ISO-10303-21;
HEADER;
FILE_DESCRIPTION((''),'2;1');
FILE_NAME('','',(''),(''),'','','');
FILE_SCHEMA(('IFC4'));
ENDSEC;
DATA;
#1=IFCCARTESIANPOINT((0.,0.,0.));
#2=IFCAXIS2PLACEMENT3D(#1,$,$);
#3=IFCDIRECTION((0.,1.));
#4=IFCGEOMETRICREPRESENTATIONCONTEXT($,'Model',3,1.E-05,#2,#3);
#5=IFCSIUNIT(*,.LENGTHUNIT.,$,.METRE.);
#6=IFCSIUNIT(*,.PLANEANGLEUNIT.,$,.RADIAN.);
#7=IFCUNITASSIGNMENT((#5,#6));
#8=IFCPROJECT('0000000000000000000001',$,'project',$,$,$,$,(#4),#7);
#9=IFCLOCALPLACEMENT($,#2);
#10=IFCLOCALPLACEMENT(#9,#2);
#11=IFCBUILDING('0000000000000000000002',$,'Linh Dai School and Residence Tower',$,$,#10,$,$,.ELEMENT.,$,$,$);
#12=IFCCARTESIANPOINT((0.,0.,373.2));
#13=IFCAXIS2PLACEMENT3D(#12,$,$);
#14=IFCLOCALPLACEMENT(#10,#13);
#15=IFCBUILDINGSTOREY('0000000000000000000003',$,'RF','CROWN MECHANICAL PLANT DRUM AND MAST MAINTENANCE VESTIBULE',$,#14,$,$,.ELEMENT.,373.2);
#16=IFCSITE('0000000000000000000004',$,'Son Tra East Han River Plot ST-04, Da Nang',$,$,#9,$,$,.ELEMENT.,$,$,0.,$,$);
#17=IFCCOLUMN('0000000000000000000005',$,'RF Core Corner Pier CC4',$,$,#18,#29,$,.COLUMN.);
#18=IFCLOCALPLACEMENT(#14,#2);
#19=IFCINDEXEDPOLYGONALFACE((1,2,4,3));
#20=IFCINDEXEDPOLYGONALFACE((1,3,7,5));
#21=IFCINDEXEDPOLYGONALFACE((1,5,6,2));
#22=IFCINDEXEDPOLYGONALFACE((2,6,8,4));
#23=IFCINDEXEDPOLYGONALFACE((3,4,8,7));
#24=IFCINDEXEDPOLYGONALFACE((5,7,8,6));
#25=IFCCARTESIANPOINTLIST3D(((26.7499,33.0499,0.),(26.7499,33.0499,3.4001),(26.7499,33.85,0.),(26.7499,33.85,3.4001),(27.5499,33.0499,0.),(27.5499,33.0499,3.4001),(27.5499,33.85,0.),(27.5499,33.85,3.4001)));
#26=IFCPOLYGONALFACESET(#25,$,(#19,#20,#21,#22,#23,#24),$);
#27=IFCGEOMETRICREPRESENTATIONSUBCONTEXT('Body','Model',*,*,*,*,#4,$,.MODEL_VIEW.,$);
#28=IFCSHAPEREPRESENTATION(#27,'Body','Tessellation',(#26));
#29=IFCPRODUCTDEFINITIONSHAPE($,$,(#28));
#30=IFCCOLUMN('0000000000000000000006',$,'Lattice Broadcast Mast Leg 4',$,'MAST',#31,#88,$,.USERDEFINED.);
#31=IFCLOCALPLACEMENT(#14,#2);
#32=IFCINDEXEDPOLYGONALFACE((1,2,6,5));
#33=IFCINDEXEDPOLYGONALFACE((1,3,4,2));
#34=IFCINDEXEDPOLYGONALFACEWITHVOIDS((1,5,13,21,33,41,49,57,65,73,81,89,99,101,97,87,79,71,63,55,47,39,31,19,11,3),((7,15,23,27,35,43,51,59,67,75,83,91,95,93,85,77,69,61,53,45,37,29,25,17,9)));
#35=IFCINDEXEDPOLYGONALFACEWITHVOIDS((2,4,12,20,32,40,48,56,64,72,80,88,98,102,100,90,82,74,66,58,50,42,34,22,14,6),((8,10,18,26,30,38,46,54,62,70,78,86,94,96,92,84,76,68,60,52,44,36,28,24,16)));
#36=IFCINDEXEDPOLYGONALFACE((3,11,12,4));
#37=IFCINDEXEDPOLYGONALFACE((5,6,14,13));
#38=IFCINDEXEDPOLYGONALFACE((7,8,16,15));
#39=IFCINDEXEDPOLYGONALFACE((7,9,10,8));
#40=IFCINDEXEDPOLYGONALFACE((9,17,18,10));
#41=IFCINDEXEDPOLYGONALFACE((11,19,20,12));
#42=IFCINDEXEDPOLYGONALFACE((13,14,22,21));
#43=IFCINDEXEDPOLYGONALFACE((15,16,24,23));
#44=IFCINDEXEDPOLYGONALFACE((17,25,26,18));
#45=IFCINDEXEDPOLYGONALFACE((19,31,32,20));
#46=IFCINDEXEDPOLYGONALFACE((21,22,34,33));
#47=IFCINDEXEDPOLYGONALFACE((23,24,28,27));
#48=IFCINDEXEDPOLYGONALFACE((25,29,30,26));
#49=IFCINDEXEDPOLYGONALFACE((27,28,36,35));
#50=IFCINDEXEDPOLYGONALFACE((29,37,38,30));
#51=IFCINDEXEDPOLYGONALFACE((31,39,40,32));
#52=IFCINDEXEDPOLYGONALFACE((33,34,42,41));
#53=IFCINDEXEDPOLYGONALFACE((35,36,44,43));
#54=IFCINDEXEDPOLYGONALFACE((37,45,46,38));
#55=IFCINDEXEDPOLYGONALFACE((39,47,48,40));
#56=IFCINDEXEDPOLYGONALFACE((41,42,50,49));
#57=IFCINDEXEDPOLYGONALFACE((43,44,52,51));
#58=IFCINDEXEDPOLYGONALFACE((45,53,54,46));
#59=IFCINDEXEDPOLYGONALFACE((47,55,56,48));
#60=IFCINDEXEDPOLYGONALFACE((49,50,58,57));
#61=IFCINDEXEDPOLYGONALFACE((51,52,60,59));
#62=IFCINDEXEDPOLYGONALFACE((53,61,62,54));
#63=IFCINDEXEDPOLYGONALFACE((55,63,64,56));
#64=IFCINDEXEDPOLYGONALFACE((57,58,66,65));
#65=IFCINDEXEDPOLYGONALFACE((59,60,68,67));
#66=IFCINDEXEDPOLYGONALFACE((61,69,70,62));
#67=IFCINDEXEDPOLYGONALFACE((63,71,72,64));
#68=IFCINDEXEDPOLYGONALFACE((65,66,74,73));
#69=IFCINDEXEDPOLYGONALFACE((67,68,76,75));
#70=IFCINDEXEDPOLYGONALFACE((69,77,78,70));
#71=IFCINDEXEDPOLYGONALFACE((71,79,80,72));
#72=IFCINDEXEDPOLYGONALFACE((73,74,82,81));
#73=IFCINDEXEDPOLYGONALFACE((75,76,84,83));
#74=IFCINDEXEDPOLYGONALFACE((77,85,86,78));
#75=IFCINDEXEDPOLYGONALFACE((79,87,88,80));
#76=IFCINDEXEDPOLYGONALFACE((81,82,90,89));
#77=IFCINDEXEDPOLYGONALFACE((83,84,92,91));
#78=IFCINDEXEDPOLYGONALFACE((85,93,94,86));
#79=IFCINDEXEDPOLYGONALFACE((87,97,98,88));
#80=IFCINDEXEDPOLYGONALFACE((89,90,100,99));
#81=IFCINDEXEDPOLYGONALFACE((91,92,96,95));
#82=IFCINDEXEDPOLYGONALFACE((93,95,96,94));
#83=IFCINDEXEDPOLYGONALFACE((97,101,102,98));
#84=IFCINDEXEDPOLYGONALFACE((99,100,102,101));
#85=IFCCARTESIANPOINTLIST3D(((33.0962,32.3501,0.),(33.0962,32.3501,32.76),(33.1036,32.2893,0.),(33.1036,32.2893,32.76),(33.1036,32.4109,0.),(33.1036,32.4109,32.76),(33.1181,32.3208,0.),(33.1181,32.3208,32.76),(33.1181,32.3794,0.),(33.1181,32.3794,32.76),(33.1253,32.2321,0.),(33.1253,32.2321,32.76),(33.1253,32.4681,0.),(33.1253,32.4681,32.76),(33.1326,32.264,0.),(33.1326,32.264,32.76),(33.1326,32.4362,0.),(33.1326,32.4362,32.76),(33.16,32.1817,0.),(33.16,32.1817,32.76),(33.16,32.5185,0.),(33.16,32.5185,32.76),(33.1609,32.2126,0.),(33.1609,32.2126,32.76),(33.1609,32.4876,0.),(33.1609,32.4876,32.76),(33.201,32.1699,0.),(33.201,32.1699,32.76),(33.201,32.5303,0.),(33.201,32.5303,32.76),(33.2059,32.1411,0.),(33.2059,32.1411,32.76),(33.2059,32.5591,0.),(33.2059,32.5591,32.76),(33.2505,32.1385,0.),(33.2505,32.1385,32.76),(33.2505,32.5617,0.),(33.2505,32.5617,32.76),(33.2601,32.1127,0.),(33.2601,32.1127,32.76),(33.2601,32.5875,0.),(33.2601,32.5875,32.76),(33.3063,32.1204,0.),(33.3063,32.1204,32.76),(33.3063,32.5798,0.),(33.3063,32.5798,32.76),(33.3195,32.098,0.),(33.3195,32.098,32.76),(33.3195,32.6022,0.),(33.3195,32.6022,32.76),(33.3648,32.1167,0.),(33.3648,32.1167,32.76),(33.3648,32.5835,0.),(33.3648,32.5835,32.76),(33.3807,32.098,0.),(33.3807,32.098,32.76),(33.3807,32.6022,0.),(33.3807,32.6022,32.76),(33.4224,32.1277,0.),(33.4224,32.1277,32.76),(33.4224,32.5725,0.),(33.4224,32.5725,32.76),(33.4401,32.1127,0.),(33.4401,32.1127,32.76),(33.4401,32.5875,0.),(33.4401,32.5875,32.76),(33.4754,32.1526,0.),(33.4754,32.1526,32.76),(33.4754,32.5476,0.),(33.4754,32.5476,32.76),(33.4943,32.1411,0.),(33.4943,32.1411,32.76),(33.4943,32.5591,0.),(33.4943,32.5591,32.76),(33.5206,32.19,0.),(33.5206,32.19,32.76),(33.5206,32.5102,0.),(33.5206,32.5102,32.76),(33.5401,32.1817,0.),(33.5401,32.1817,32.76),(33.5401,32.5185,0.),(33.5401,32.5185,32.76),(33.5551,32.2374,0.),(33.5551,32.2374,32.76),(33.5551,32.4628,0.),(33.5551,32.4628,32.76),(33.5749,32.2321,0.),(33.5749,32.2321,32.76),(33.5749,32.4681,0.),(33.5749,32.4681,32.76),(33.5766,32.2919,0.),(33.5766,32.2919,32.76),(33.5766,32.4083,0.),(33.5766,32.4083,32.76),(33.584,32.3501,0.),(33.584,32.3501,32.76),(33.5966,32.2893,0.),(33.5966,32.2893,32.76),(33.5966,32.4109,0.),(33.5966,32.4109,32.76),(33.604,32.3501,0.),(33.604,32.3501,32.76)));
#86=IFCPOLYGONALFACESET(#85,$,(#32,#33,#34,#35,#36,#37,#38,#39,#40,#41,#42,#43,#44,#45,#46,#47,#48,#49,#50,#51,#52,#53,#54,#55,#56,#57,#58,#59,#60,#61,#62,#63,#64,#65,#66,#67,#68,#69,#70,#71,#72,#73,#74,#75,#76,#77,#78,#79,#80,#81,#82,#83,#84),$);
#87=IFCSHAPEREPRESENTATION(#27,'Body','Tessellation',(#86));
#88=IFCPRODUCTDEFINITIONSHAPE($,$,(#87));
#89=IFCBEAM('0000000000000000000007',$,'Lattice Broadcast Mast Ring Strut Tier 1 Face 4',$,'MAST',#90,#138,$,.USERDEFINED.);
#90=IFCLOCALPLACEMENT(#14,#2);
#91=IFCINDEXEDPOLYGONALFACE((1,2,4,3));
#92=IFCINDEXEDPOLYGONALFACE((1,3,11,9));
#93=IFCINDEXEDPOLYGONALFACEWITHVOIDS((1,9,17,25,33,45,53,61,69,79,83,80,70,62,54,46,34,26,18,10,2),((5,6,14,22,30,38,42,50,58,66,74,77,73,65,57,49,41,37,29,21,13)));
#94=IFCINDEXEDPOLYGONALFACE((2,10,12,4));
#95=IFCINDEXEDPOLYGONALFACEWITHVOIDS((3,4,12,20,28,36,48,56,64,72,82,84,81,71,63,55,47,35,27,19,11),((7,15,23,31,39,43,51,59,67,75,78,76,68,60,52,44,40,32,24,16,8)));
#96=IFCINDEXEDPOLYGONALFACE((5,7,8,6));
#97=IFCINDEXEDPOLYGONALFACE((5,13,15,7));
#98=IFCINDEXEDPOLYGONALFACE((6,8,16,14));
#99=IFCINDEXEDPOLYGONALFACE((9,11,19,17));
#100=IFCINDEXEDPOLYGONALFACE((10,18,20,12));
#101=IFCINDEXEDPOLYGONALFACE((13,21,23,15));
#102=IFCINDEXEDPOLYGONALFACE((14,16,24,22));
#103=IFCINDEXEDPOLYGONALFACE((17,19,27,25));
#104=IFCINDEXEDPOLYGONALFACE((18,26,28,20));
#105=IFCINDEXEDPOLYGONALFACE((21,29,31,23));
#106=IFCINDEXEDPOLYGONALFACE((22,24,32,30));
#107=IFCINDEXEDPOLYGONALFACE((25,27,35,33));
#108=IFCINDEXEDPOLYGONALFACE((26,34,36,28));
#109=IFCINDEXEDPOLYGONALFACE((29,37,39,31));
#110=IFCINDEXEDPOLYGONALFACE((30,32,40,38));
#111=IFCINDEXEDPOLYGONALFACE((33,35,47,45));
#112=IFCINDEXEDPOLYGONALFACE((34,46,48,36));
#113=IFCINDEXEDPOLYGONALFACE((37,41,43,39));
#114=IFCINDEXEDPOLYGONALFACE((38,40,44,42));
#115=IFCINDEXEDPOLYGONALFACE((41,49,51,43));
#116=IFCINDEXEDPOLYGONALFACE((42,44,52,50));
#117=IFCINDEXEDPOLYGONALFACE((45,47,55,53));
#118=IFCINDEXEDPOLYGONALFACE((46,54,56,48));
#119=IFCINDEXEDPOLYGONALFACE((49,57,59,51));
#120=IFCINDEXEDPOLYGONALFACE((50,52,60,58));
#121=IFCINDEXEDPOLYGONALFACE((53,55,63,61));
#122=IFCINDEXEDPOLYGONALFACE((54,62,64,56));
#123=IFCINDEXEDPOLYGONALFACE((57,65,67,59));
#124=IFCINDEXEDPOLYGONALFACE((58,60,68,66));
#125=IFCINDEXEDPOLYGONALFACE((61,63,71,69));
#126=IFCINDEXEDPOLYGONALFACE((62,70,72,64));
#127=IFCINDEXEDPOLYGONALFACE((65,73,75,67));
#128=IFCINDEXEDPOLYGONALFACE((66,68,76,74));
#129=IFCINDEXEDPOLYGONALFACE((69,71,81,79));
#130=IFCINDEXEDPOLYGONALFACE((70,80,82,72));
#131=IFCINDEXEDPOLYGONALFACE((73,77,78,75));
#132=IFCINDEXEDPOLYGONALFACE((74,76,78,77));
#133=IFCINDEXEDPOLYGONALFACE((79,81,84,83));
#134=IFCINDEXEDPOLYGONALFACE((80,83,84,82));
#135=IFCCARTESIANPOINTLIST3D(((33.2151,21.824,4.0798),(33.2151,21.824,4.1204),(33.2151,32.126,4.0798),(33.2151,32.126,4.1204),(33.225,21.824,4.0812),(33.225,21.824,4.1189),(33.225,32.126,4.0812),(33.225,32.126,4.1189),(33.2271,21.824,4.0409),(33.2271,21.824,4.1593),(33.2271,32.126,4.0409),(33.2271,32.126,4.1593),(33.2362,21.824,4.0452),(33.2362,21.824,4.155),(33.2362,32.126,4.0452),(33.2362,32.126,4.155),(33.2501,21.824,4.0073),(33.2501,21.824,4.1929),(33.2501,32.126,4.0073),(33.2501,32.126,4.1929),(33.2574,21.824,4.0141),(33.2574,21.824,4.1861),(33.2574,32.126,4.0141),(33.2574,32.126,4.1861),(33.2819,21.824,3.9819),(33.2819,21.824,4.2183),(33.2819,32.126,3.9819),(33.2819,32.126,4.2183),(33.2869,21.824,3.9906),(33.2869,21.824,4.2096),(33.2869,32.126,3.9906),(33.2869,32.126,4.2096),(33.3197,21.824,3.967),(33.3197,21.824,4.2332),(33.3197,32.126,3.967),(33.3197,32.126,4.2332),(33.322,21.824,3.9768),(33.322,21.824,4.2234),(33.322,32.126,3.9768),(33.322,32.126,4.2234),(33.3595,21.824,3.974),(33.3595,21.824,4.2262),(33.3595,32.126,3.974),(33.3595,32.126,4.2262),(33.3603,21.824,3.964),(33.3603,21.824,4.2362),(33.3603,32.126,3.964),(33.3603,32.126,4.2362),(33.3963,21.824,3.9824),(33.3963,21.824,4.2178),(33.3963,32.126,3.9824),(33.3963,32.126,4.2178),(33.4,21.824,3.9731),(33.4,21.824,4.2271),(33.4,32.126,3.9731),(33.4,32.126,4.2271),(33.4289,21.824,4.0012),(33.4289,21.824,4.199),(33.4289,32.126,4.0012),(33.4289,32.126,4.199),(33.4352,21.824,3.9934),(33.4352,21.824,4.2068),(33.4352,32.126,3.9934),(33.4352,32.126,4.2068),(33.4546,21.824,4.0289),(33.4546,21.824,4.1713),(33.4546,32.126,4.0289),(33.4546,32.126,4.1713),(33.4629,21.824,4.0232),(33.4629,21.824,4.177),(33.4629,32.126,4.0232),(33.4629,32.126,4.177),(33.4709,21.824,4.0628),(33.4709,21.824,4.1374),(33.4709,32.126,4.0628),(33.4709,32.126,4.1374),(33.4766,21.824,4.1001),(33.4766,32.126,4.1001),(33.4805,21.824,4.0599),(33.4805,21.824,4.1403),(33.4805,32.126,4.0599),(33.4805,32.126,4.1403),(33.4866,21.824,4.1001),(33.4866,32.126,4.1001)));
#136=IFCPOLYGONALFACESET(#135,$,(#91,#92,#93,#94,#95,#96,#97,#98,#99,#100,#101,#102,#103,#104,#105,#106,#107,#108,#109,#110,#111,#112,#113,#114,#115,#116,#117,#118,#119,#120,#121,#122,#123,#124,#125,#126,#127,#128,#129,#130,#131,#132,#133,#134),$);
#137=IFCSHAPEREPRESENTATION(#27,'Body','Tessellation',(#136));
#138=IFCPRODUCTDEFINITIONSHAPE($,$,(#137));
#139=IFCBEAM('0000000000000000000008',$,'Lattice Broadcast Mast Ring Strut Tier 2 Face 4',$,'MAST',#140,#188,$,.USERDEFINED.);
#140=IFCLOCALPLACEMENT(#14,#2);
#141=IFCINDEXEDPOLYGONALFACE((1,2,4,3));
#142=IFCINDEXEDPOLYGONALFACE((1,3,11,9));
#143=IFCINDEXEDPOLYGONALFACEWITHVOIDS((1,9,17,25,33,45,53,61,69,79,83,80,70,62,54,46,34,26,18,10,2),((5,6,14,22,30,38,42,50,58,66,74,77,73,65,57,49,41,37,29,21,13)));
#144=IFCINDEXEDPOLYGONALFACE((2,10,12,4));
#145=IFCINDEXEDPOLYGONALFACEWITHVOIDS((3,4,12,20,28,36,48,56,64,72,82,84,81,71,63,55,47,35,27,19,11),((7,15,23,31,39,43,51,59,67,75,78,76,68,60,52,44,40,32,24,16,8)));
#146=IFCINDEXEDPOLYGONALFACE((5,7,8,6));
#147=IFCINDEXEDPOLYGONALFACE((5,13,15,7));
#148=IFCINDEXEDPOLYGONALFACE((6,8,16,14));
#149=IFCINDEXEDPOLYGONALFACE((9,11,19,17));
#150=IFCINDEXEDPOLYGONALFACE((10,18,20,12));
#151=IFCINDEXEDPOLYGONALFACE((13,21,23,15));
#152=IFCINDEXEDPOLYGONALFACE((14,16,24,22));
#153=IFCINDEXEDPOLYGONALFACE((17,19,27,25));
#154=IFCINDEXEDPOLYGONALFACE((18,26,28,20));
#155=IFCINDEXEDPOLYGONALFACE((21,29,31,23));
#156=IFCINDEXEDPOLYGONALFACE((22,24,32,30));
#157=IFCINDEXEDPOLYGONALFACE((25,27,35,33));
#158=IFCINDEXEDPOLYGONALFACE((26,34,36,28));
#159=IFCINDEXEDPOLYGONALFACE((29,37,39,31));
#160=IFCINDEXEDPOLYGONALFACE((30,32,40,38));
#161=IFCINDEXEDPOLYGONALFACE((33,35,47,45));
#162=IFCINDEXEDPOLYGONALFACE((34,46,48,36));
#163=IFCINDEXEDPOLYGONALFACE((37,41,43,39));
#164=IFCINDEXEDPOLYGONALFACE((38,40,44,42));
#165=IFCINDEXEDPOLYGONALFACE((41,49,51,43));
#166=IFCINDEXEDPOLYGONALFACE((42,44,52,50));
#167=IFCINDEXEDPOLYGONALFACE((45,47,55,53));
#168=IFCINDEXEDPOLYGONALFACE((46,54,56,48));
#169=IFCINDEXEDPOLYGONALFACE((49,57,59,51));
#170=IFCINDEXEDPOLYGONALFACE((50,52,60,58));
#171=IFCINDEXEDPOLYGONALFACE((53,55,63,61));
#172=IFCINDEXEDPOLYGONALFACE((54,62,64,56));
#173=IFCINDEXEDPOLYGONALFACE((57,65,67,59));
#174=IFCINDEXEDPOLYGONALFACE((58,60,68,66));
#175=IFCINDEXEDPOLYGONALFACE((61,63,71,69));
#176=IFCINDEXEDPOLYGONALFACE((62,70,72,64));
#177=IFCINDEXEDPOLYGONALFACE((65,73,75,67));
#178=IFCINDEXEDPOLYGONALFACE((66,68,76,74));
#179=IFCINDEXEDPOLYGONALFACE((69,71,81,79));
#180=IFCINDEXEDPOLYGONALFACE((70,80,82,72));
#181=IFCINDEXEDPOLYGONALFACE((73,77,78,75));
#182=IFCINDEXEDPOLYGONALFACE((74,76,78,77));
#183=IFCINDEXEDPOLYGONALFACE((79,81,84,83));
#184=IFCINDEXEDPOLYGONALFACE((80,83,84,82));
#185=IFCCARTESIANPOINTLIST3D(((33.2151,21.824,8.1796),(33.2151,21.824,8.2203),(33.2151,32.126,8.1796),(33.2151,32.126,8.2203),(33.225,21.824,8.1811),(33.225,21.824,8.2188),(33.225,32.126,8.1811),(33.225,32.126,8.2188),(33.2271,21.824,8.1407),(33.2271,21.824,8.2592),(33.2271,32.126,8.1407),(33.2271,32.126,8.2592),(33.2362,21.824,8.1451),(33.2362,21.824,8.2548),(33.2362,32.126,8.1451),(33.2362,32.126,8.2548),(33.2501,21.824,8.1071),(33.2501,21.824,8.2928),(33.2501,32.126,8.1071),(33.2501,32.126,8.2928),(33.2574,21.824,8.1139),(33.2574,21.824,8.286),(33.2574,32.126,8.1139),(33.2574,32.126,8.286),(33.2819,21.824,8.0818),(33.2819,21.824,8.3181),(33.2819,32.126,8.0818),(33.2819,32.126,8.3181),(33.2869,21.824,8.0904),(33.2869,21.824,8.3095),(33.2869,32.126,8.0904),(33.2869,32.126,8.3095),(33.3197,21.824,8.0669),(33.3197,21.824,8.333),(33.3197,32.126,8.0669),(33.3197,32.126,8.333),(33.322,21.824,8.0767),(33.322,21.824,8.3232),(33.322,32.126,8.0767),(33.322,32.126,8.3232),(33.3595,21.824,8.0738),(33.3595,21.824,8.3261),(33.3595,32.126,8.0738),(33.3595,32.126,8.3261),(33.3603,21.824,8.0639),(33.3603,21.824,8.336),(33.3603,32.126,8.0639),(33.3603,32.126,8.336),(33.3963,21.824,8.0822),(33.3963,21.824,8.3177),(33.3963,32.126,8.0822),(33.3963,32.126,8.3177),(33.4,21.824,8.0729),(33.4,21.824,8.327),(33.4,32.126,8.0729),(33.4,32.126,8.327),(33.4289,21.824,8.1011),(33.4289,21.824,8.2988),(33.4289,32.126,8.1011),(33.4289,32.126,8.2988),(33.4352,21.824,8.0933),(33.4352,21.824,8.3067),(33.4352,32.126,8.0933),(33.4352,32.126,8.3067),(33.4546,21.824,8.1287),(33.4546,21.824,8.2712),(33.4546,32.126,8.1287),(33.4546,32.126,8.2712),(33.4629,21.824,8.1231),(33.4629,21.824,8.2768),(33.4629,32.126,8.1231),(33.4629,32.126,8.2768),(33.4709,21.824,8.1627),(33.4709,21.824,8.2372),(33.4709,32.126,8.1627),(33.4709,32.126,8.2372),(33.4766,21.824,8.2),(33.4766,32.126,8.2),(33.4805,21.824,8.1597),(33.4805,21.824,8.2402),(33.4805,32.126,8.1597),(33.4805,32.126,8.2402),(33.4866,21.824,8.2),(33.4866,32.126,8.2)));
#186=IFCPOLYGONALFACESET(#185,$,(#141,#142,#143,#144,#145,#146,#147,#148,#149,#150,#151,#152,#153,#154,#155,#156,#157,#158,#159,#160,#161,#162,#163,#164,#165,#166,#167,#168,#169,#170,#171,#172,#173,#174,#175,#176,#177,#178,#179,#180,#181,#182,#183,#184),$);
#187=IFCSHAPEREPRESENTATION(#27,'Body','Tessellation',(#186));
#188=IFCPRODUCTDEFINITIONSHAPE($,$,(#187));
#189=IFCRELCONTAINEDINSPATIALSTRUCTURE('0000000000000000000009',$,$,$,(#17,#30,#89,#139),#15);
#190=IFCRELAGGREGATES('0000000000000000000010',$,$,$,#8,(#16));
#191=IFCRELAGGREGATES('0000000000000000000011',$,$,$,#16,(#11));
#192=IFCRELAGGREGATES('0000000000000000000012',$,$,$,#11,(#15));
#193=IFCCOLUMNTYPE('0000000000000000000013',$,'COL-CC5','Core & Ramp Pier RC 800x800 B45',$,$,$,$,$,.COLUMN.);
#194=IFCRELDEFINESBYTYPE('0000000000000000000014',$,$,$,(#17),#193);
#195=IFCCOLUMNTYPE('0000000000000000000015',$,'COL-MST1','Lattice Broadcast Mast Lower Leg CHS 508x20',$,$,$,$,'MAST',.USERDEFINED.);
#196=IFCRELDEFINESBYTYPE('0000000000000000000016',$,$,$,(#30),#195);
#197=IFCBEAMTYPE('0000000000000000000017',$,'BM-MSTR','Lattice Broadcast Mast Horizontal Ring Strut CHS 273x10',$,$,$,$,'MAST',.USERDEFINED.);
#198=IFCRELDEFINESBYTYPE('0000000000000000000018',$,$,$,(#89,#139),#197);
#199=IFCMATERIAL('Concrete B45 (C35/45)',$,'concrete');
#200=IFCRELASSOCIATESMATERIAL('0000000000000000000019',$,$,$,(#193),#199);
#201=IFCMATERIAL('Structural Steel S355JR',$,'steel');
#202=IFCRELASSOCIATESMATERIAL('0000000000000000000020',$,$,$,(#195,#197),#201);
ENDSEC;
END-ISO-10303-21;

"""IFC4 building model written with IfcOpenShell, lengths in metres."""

from ifc_helpers import new_model, si_unit, direction, frame, origin, origin_2d, place, context, subcontext, project, spatial, rectangle, hollow_circle, extrude, material, material_profile, profile_set, type_object, element, save


model = new_model("IFC4")

# Units and contexts
model_context = context("Model", 3, precision=1e-05, world=origin(), true_north=direction((0.0, 1.0)))
body_context = subcontext(model_context, "Body", "Model", "MODEL_VIEW")
ifc_project = project(units=[si_unit("LENGTHUNIT", "METRE"), si_unit("PLANEANGLEUNIT", "RADIAN")], contexts=[model_context])

# Site, building, storey
site_placement = place(None, origin())
site = spatial("IfcSite", under=ifc_project, at=site_placement, Name="Son Tra East Han River Plot ST-04, Da Nang", CompositionType="ELEMENT", RefElevation=0.0)
building_placement = place(site_placement, origin())
building = spatial("IfcBuilding", under=site, at=building_placement, Name="Linh Dai School and Residence Tower", CompositionType="ELEMENT")
storey_placement = place(building_placement, frame((0.0, 0.0, 373.2)))
storey = spatial("IfcBuildingStorey", under=building, at=storey_placement, Name="RF", Description="CROWN MECHANICAL PLANT DRUM AND MAST MAINTENANCE VESTIBULE", CompositionType="ELEMENT", Elevation=373.2)

# Columns
ifc_material_1 = material(Name="Concrete B45 (C35/45)", Category="concrete")
ifc_material_profile_1 = material_profile(ifc_material_1, rectangle(XDim=0.8, YDim=0.8, at=origin_2d()), Name="RC 800x800")
ifc_profile_set_1 = profile_set([ifc_material_profile_1], Name="Concrete B45 (C35/45)")
column_type_1 = type_object("IfcColumnType", Name="COL-CC5", Description="Core & Ramp Pier RC 800x800 B45", PredefinedType="COLUMN", material=ifc_profile_set_1)
column_1_placement = place(storey_placement, frame((27.1499, 33.45, 0.0), z_axis=(0.0, 0.0, 1.0), x_axis=(1.0, 0.0, 0.0)))
element("IfcColumn", 1, at=column_1_placement, inside=storey, type_object=column_type_1, Name="RF Core Corner Pier CC4", PredefinedType="COLUMN", context=body_context, shape_type="SweptSolid", body=[
    extrude(rectangle(XDim=0.8, YDim=0.8, at=origin_2d()), origin(), (0.0, 0.0, 1.0), 3.4001),
])
ifc_material_2 = material(Name="Structural Steel S355JR", Category="steel")
ifc_material_profile_2 = material_profile(ifc_material_2, hollow_circle(Radius=0.2539, WallThickness=0.02, at=origin_2d()), Name="CHS 508x20")
ifc_profile_set_2 = profile_set([ifc_material_profile_2], Name="Structural Steel S355JR")
column_type_2 = type_object("IfcColumnType", Name="COL-MST1", Description="Lattice Broadcast Mast Lower Leg CHS 508x20", ElementType="MAST", PredefinedType="USERDEFINED", material=ifc_profile_set_2)
column_2_placement = place(storey_placement, frame((33.3501, 32.3501, 0.0), z_axis=(0.0, 0.0, 1.0), x_axis=(1.0, 0.0, 0.0)))
element("IfcColumn", 2, at=column_2_placement, inside=storey, type_object=column_type_2, Name="Lattice Broadcast Mast Leg 4", ObjectType="MAST", PredefinedType="USERDEFINED", context=body_context, shape_type="SweptSolid", body=[
    extrude(hollow_circle(Radius=0.2539, WallThickness=0.02, at=origin_2d()), origin(), (0.0, 0.0, 1.0), 32.76),
])

# Beams
ifc_material_profile_3 = material_profile(ifc_material_2, hollow_circle(Radius=0.1365, WallThickness=0.01, at=origin_2d()), Name="CHS 273x10")
ifc_profile_set_3 = profile_set([ifc_material_profile_3], Name="Structural Steel S355JR")
beam_type_1 = type_object("IfcBeamType", Name="BM-MSTR", Description="Lattice Broadcast Mast Horizontal Ring Strut CHS 273x10", ElementType="MAST", PredefinedType="USERDEFINED", material=ifc_profile_set_3)
for number, where, z_axis, x_axis, name in (
    (3, (33.3501, 32.126, 4.1001), (0.0, -1.0, 0.0), (1.0, 0.0, 0.0), "Lattice Broadcast Mast Ring Strut Tier 1 Face 4"),
    (4, (33.3501, 32.126, 8.2), (0.0, -1.0, 0.0), (1.0, 0.0, 0.0), "Lattice Broadcast Mast Ring Strut Tier 2 Face 4"),
):
    element("IfcBeam", number, at=place(storey_placement, frame(where, z_axis=z_axis, x_axis=x_axis)), inside=storey, type_object=beam_type_1, Name=name, ObjectType="MAST", PredefinedType="USERDEFINED", context=body_context, shape_type="SweptSolid", body=[
        extrude(hollow_circle(Radius=0.1365, WallThickness=0.01, at=origin_2d()), origin(), (0.0, 0.0, 1.0), 10.302),
    ])

save(model, "model.ifc")
